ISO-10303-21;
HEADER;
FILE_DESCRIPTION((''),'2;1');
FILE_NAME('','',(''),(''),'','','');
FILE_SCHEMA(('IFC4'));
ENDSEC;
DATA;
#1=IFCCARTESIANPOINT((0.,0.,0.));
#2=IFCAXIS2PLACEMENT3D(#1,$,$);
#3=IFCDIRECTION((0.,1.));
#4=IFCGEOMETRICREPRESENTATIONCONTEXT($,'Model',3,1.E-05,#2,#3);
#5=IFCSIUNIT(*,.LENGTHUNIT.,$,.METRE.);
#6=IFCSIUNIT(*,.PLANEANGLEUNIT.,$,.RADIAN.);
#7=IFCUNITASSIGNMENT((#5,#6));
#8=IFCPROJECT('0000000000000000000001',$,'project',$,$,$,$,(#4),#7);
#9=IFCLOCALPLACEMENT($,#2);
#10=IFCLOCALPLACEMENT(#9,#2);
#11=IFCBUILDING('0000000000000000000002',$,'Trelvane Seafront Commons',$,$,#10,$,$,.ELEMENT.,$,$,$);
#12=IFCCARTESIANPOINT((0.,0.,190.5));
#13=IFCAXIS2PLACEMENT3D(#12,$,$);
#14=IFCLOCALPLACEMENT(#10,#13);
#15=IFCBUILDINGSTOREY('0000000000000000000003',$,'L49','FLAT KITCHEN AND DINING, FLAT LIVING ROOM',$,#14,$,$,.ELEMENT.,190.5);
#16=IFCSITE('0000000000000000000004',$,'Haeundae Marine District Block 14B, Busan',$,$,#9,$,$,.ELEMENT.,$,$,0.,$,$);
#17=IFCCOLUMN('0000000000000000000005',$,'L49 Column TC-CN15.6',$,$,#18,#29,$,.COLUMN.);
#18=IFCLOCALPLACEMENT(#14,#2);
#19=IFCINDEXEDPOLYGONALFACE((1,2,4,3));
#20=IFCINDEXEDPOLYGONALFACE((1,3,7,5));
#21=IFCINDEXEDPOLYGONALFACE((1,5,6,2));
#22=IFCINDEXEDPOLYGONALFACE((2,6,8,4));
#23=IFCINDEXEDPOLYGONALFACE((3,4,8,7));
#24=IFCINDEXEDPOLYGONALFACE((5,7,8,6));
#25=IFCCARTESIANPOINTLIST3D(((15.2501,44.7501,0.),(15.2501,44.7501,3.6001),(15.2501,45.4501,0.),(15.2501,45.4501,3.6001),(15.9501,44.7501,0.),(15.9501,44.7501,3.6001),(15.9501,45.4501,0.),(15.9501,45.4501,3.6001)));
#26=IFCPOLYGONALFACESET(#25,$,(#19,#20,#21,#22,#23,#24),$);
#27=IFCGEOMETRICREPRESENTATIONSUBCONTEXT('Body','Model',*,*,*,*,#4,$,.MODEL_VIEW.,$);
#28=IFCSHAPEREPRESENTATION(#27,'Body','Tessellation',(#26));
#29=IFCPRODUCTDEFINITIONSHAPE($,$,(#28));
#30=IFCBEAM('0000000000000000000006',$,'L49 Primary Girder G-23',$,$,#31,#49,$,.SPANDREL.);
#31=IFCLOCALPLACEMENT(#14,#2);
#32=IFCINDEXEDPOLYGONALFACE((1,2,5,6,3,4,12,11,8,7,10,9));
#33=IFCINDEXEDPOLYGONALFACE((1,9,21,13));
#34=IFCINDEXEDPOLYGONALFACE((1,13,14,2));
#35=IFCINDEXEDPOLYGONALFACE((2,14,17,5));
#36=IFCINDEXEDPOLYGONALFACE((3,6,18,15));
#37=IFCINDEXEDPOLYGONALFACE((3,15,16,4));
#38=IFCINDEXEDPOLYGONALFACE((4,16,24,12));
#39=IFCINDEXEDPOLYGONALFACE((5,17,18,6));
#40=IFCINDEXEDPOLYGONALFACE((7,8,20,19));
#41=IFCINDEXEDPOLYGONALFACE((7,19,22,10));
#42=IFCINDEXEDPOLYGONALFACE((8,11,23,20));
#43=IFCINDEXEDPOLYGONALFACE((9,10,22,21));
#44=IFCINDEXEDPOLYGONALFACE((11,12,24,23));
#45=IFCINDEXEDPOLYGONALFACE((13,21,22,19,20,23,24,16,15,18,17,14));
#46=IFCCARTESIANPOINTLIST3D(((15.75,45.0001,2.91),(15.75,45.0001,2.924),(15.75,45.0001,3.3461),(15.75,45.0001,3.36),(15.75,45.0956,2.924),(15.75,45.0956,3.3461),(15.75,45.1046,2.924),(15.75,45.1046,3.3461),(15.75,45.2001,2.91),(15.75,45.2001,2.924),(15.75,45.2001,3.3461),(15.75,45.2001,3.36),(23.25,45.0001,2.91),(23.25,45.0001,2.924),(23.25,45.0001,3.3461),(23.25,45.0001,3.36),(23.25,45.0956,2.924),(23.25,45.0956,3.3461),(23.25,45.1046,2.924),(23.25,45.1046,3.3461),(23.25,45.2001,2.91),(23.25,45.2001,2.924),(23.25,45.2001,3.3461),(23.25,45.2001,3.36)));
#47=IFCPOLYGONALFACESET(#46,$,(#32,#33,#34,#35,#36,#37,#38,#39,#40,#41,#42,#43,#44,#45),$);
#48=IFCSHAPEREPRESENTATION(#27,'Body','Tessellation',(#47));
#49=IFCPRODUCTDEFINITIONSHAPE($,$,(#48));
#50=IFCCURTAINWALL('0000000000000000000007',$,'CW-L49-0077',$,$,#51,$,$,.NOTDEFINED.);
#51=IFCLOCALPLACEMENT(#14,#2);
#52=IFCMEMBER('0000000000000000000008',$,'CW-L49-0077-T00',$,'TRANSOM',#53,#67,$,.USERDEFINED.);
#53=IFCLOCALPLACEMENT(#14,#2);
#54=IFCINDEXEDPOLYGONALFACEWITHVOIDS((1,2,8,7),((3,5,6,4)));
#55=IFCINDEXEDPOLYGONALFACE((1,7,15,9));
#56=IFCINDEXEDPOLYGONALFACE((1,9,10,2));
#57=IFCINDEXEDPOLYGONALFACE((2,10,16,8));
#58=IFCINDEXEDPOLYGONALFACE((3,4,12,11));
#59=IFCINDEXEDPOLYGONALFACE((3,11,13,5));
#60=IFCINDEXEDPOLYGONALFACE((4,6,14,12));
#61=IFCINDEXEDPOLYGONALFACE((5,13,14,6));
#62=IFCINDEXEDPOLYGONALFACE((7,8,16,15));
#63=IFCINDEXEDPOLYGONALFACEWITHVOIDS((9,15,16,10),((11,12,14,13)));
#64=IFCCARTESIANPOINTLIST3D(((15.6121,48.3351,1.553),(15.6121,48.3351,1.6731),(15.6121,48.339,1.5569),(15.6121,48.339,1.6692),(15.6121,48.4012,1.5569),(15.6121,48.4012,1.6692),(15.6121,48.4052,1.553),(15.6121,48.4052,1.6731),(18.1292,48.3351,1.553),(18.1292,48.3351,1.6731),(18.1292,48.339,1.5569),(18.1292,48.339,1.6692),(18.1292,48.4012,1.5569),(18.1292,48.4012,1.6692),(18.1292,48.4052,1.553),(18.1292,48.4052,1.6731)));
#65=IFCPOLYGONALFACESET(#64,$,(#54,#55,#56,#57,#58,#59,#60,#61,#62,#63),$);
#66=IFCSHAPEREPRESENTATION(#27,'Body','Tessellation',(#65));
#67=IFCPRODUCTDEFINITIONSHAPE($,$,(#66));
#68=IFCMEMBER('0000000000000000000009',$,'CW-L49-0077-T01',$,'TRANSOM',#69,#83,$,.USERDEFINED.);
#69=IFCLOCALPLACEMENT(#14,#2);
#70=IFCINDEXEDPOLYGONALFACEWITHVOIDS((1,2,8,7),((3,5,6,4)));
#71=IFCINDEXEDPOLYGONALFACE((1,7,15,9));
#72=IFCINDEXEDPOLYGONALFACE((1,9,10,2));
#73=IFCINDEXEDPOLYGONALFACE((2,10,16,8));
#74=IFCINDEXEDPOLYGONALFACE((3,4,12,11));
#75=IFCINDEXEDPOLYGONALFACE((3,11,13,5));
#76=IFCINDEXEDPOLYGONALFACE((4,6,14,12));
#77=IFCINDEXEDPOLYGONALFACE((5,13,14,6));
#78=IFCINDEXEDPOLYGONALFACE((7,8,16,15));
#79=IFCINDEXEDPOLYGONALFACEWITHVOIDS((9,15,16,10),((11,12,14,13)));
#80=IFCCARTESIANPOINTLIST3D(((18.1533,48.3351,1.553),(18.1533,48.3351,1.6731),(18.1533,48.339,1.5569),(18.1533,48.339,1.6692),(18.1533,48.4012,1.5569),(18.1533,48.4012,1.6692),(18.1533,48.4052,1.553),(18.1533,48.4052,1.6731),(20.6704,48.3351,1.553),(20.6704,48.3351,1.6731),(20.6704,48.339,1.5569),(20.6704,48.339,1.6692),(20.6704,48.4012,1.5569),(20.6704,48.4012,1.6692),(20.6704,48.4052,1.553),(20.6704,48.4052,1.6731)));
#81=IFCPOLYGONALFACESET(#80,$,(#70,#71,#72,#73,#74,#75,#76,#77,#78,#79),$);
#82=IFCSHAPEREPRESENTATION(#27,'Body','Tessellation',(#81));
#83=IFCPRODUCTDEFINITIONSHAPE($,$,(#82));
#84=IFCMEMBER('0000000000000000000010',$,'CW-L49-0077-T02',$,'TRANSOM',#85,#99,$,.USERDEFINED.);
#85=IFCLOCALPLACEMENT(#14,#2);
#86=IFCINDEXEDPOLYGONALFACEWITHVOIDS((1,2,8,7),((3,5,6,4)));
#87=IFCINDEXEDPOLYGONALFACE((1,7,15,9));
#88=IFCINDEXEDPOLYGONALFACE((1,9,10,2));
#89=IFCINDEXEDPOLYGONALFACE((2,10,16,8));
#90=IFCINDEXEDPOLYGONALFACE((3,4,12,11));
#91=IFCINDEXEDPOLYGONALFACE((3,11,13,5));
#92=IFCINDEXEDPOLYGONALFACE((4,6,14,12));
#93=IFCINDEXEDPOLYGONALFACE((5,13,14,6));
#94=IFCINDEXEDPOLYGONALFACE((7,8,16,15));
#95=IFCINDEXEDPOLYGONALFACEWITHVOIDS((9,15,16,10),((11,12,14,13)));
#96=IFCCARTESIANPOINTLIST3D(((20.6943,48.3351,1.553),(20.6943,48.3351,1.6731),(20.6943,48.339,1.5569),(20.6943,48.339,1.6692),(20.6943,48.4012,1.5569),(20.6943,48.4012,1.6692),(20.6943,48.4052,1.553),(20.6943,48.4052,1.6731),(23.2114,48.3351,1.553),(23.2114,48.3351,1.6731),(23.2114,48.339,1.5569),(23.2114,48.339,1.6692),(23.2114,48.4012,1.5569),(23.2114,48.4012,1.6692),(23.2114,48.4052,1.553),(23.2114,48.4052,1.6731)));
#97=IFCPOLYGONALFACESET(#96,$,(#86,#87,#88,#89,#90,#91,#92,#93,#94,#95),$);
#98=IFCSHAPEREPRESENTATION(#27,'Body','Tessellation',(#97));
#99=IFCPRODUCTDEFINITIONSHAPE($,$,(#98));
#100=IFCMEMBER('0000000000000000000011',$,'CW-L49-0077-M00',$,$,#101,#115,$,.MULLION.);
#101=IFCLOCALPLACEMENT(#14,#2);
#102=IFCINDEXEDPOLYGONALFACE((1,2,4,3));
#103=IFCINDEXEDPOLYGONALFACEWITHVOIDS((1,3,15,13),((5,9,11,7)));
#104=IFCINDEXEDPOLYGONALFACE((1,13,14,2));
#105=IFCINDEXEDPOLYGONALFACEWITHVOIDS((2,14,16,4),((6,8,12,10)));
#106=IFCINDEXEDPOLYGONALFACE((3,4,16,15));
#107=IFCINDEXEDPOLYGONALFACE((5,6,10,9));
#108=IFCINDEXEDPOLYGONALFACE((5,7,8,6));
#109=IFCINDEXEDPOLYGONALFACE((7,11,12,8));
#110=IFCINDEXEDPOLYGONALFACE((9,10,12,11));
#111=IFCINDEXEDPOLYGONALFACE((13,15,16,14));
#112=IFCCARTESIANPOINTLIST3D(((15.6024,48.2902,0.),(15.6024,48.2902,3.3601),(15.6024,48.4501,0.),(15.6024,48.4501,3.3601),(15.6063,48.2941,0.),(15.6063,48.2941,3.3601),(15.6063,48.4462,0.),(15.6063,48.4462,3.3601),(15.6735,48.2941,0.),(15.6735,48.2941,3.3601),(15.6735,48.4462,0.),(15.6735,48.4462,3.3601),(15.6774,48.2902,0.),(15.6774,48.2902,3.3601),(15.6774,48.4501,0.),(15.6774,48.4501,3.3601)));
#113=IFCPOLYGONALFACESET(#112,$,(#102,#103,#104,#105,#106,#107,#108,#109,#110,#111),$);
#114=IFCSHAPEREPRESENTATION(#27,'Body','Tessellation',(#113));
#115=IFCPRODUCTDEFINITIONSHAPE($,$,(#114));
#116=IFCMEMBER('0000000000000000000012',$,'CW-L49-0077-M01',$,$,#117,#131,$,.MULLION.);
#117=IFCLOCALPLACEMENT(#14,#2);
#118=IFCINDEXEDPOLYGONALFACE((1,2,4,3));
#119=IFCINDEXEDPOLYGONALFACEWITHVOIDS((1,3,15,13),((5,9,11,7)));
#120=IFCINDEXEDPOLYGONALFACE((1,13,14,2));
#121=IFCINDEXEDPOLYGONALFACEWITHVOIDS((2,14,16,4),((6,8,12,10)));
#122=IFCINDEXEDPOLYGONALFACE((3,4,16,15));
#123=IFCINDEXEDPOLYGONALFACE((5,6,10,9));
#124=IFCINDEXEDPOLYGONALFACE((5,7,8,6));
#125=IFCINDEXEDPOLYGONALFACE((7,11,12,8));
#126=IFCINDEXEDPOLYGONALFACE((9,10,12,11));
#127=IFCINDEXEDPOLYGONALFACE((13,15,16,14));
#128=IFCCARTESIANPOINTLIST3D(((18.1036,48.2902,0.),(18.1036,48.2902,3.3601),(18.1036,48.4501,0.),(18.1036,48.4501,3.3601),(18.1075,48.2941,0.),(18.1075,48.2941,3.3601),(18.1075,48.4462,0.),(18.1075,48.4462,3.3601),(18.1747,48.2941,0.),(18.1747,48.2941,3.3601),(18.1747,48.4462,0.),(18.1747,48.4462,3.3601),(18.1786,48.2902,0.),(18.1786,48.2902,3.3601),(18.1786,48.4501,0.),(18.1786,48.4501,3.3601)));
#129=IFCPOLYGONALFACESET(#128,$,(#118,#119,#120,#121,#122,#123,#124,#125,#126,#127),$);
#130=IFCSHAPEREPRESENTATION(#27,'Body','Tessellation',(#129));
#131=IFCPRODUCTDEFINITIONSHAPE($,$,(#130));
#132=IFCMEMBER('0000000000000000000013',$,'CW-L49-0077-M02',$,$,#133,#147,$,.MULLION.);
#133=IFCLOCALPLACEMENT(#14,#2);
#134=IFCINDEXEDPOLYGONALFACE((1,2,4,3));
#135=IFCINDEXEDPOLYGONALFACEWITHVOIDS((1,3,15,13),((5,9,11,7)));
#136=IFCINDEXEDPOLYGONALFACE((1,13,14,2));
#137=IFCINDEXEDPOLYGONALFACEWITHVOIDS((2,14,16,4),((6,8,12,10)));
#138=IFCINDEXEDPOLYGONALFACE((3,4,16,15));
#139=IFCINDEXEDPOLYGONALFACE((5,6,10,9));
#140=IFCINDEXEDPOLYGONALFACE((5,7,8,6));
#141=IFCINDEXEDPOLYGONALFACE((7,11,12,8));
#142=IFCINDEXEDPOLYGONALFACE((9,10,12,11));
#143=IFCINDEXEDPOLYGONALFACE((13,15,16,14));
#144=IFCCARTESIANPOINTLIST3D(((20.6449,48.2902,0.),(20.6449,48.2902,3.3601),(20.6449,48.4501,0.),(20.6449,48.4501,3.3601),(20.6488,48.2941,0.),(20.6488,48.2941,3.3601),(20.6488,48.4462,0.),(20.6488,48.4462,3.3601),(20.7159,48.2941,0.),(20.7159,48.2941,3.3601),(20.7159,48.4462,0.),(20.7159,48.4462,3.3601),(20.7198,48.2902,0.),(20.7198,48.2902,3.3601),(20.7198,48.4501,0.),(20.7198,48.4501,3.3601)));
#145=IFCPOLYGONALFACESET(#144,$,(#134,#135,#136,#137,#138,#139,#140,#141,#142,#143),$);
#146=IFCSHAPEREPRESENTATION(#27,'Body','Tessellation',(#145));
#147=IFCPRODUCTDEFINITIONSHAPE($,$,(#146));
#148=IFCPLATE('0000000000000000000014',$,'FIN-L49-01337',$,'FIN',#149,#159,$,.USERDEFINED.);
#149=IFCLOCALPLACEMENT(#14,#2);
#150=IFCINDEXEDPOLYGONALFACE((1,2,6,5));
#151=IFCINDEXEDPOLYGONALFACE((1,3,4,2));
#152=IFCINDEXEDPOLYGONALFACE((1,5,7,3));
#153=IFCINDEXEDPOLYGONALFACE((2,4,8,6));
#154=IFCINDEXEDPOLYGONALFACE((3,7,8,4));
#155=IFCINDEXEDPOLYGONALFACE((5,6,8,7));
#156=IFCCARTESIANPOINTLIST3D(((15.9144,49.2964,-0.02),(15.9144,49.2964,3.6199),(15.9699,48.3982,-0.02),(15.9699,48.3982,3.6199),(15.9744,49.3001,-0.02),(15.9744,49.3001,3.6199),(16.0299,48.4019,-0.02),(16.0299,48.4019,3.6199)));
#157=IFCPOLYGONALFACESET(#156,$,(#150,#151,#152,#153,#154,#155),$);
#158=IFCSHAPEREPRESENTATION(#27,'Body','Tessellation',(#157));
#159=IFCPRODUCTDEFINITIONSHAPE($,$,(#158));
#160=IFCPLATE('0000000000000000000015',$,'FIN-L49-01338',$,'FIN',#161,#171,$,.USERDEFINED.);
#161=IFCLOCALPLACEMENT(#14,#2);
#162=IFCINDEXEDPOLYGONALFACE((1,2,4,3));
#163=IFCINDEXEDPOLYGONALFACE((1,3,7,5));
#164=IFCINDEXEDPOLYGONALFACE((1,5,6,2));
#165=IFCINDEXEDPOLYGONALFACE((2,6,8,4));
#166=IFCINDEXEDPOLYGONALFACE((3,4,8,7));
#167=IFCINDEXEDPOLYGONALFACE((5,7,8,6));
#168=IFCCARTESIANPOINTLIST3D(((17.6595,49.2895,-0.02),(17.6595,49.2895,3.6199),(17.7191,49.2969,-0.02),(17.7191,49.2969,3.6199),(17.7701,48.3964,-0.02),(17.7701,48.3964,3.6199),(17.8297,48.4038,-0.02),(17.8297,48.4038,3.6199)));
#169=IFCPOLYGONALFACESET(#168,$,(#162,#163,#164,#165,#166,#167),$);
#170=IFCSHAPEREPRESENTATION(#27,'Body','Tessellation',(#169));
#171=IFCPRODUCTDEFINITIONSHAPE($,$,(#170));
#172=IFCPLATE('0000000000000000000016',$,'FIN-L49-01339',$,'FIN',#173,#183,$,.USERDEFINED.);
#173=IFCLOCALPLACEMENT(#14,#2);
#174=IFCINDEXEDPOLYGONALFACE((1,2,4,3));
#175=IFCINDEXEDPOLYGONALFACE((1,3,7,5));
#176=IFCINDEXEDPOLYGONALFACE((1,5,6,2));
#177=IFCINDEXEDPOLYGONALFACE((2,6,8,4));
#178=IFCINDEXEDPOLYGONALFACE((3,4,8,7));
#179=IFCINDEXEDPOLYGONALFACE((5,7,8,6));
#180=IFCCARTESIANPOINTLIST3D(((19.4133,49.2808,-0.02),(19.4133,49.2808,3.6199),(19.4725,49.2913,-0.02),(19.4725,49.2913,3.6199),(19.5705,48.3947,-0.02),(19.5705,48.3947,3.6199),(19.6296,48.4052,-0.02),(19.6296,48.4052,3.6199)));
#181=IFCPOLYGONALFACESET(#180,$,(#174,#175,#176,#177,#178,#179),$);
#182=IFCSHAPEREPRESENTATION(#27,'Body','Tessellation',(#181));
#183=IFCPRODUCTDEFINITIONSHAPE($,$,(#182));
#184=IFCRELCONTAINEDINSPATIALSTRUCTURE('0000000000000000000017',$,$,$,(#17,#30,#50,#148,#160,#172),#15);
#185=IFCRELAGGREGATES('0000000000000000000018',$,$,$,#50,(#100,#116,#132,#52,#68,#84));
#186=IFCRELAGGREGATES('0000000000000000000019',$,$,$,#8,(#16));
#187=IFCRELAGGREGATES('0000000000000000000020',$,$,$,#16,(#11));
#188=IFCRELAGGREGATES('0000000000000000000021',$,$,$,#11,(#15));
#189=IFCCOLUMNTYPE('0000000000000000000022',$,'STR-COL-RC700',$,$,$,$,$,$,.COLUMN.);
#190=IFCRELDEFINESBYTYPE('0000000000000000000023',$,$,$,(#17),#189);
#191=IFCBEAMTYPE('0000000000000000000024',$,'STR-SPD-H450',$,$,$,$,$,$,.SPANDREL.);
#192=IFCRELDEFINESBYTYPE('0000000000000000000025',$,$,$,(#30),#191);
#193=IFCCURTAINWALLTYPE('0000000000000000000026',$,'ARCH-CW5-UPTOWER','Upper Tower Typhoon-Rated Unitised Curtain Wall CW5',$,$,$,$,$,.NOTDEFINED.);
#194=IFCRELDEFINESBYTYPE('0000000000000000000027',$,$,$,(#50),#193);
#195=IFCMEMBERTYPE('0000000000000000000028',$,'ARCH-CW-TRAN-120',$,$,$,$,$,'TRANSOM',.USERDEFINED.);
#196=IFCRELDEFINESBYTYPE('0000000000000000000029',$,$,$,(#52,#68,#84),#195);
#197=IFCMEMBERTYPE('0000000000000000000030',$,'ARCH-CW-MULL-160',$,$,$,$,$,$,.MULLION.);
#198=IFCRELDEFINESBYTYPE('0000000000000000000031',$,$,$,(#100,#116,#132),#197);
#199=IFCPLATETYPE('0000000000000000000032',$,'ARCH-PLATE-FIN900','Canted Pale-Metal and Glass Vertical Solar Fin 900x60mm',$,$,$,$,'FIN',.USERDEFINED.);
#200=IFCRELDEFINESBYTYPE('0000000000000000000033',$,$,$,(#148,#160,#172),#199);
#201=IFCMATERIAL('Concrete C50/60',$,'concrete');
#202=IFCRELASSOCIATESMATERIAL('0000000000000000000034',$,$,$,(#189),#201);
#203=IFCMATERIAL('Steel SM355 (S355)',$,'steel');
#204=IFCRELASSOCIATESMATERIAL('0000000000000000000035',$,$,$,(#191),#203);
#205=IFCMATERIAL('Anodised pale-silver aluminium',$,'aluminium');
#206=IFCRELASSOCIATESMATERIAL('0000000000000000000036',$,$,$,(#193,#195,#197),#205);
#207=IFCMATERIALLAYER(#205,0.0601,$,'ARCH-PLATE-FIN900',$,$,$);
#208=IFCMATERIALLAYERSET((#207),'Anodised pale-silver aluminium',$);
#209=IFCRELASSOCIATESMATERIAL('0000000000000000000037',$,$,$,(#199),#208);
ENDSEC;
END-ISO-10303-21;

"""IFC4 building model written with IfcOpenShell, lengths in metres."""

from ifc_helpers import new_model, si_unit, direction, frame, origin, origin_2d, place, context, subcontext, project, spatial, rectangle, hollow_rectangle, i_section, extrude, source, transform, mapped, material, layer, layer_set, material_profile, profile_set, type_object, element, aggregate, save


model = new_model("IFC4")

# Units and contexts
model_context = context("Model", 3, precision=1e-05, world=origin(), true_north=direction((0.0, 1.0)))
body_context = subcontext(model_context, "Body", "Model", "MODEL_VIEW")
ifc_project = project(units=[si_unit("LENGTHUNIT", "METRE"), si_unit("PLANEANGLEUNIT", "RADIAN")], contexts=[model_context])

# Site, building, storey
site_placement = place(None, origin())
site = spatial("IfcSite", under=ifc_project, at=site_placement, Name="Haeundae Marine District Block 14B, Busan", CompositionType="ELEMENT", RefElevation=0.0)
building_placement = place(site_placement, origin())
building = spatial("IfcBuilding", under=site, at=building_placement, Name="Trelvane Seafront Commons", CompositionType="ELEMENT")
storey_placement = place(building_placement, frame((0.0, 0.0, 190.5)))
storey = spatial("IfcBuildingStorey", under=building, at=storey_placement, Name="L49", Description="FLAT KITCHEN AND DINING, FLAT LIVING ROOM", CompositionType="ELEMENT", Elevation=190.5)

# Column
ifc_material_1 = material(Name="Concrete C50/60", Category="concrete")
ifc_material_profile_1 = material_profile(ifc_material_1, rectangle(XDim=0.7, YDim=0.7, at=origin_2d()), Name="RC-700x700")
ifc_profile_set_1 = profile_set([ifc_material_profile_1], Name="Concrete C50/60")
column_type = type_object("IfcColumnType", Name="STR-COL-RC700", PredefinedType="COLUMN", material=ifc_profile_set_1)
shared_shape_1 = source(origin(), body_context, "Body", "SweptSolid", [
    extrude(rectangle(XDim=0.7, YDim=0.7, at=origin_2d()), origin(), (0.0, 0.0, 1.0), 3.6001),
])
column_placement = place(storey_placement, frame((15.6001, 45.1001, 0.0), z_axis=(0.0, 0.0, 1.0), x_axis=(1.0, 0.0, 0.0)))
element("IfcColumn", 1, at=column_placement, inside=storey, type_object=column_type, Name="L49 Column TC-CN15.6", PredefinedType="COLUMN", context=body_context, shape_type="MappedRepresentation", body=[
    mapped(shared_shape_1, transform((0.0, 0.0, 0.0), x_axis=(1.0, 0.0, 0.0), y_axis=(0.0, 1.0, 0.0), z_axis=(0.0, 0.0, 1.0), scale=1.0)),
])

# Beam
ifc_material_2 = material(Name="Steel SM355 (S355)", Category="steel")
ifc_material_profile_2 = material_profile(ifc_material_2, i_section(OverallWidth=0.2, OverallDepth=0.45, WebThickness=0.009, FlangeThickness=0.0139, at=origin_2d()), Name="H-450x200x9x14")
ifc_profile_set_2 = profile_set([ifc_material_profile_2], Name="Steel SM355 (S355)")
beam_type = type_object("IfcBeamType", Name="STR-SPD-H450", PredefinedType="SPANDREL", material=ifc_profile_set_2)
shared_shape_2 = source(origin(), body_context, "Body", "SweptSolid", [
    extrude(i_section(OverallWidth=0.2, OverallDepth=0.45, WebThickness=0.009, FlangeThickness=0.0139, at=origin_2d()), origin(), (0.0, 0.0, 1.0), 7.5),
])
beam_placement = place(storey_placement, frame((15.75, 45.1001, 3.135), z_axis=(1.0, 0.0, 0.0), x_axis=(0.0, 1.0, 0.0)))
element("IfcBeam", 2, at=beam_placement, inside=storey, type_object=beam_type, Name="L49 Primary Girder G-23", PredefinedType="SPANDREL", context=body_context, shape_type="MappedRepresentation", body=[
    mapped(shared_shape_2, transform((0.0, 0.0, 0.0), x_axis=(1.0, 0.0, 0.0), y_axis=(0.0, 1.0, 0.0), z_axis=(0.0, 0.0, 1.0), scale=1.0)),
])

# Curtain wall, members
ifc_material_3 = material(Name="Anodised pale-silver aluminium", Category="aluminium")
curtain_wall_type = type_object("IfcCurtainWallType", Name="ARCH-CW5-UPTOWER", Description="Upper Tower Typhoon-Rated Unitised Curtain Wall CW5", PredefinedType="NOTDEFINED", material=ifc_material_3)
curtain_wall_placement = place(storey_placement, origin())
curtain_wall = element("IfcCurtainWall", 3, at=curtain_wall_placement, inside=storey, type_object=curtain_wall_type, Name="CW-L49-0077", PredefinedType="NOTDEFINED")
ifc_material_profile_3 = material_profile(ifc_material_3, hollow_rectangle(XDim=0.0701, YDim=0.1201, WallThickness=0.0039, at=origin_2d()), Name="TRAN-70x120x4")
ifc_profile_set_3 = profile_set([ifc_material_profile_3], Name="Anodised pale-silver aluminium")
member_type_1 = type_object("IfcMemberType", Name="ARCH-CW-TRAN-120", ElementType="TRANSOM", PredefinedType="USERDEFINED", material=ifc_profile_set_3)
shared_shape_3 = source(origin(), body_context, "Body", "SweptSolid", [
    extrude(hollow_rectangle(XDim=0.0701, YDim=0.1201, WallThickness=0.0039, at=origin_2d()), origin(), (0.0, 0.0, 1.0), 2.5171),
])
member_1_placement = place(storey_placement, frame((15.6121, 48.3701, 1.613), z_axis=(1.0, 0.0, 0.0), x_axis=(0.0, 1.0, 0.0)))
member_1 = element("IfcMember", 4, at=member_1_placement, type_object=member_type_1, Name="CW-L49-0077-T00", ObjectType="TRANSOM", PredefinedType="USERDEFINED", context=body_context, shape_type="MappedRepresentation", body=[
    mapped(shared_shape_3, transform((0.0, 0.0, 0.0), x_axis=(1.0, 0.0, 0.0), y_axis=(0.0, 1.0, 0.0), z_axis=(0.0, 0.0, 1.0), scale=1.0)),
])
member_2_placement = place(storey_placement, frame((18.1533, 48.3701, 1.613), z_axis=(1.0, 0.0, 0.0), x_axis=(0.0, 1.0, 0.0)))
member_2 = element("IfcMember", 5, at=member_2_placement, type_object=member_type_1, Name="CW-L49-0077-T01", ObjectType="TRANSOM", PredefinedType="USERDEFINED", context=body_context, shape_type="MappedRepresentation", body=[
    mapped(shared_shape_3, transform((0.0, 0.0, 0.0), x_axis=(1.0, 0.0, 0.0), y_axis=(0.0, 1.0, 0.0), z_axis=(0.0, 0.0, 1.0), scale=1.0)),
])
member_3_placement = place(storey_placement, frame((20.6943, 48.3701, 1.613), z_axis=(1.0, 0.0, 0.0), x_axis=(0.0, 1.0, 0.0)))
member_3 = element("IfcMember", 6, at=member_3_placement, type_object=member_type_1, Name="CW-L49-0077-T02", ObjectType="TRANSOM", PredefinedType="USERDEFINED", context=body_context, shape_type="MappedRepresentation", body=[
    mapped(shared_shape_3, transform((0.0, 0.0, 0.0), x_axis=(1.0, 0.0, 0.0), y_axis=(0.0, 1.0, 0.0), z_axis=(0.0, 0.0, 1.0), scale=1.0)),
])
ifc_material_profile_4 = material_profile(ifc_material_3, hollow_rectangle(XDim=0.075, YDim=0.1599, WallThickness=0.0039, at=origin_2d()), Name="MULL-75x160x4")
ifc_profile_set_4 = profile_set([ifc_material_profile_4], Name="Anodised pale-silver aluminium")
member_type_2 = type_object("IfcMemberType", Name="ARCH-CW-MULL-160", PredefinedType="MULLION", material=ifc_profile_set_4)
shared_shape_4 = source(origin(), body_context, "Body", "SweptSolid", [
    extrude(hollow_rectangle(XDim=0.075, YDim=0.1599, WallThickness=0.0039, at=origin_2d()), origin(), (0.0, 0.0, 1.0), 3.3601),
])
member_4_placement = place(storey_placement, frame((15.6399, 48.3701, 0.0), z_axis=(0.0, 0.0, 1.0), x_axis=(1.0, 0.0, 0.0)))
member_4 = element("IfcMember", 7, at=member_4_placement, type_object=member_type_2, Name="CW-L49-0077-M00", PredefinedType="MULLION", context=body_context, shape_type="MappedRepresentation", body=[
    mapped(shared_shape_4, transform((0.0, 0.0, 0.0), x_axis=(1.0, 0.0, 0.0), y_axis=(0.0, 1.0, 0.0), z_axis=(0.0, 0.0, 1.0), scale=1.0)),
])
member_5_placement = place(storey_placement, frame((18.1411, 48.3701, 0.0), z_axis=(0.0, 0.0, 1.0), x_axis=(1.0, 0.0, 0.0)))
member_5 = element("IfcMember", 8, at=member_5_placement, type_object=member_type_2, Name="CW-L49-0077-M01", PredefinedType="MULLION", context=body_context, shape_type="MappedRepresentation", body=[
    mapped(shared_shape_4, transform((0.0, 0.0, 0.0), x_axis=(1.0, 0.0, 0.0), y_axis=(0.0, 1.0, 0.0), z_axis=(0.0, 0.0, 1.0), scale=1.0)),
])
member_6_placement = place(storey_placement, frame((20.6824, 48.3701, 0.0), z_axis=(0.0, 0.0, 1.0), x_axis=(1.0, 0.0, 0.0)))
member_6 = element("IfcMember", 9, at=member_6_placement, type_object=member_type_2, Name="CW-L49-0077-M02", PredefinedType="MULLION", context=body_context, shape_type="MappedRepresentation", body=[
    mapped(shared_shape_4, transform((0.0, 0.0, 0.0), x_axis=(1.0, 0.0, 0.0), y_axis=(0.0, 1.0, 0.0), z_axis=(0.0, 0.0, 1.0), scale=1.0)),
])

# Plates
ifc_layer_1 = layer(ifc_material_3, 0.0601, Name="ARCH-PLATE-FIN900")
ifc_layer_set_1 = layer_set([ifc_layer_1], Name="Anodised pale-silver aluminium")
plate_type_1 = type_object("IfcPlateType", Name="ARCH-PLATE-FIN900", Description="Canted Pale-Metal and Glass Vertical Solar Fin 900x60mm", ElementType="FIN", PredefinedType="USERDEFINED", material=ifc_layer_set_1)
shared_shape_5 = source(origin(), body_context, "Body", "SweptSolid", [
    extrude(rectangle(XDim=0.8999, YDim=0.0601, at=origin_2d()), origin(), (0.0, 0.0, 1.0), 3.6399),
])
for number, where, z_axis, x_axis, name in (
    (10, (15.9722, 48.8491, -0.02), (0.0, 0.0, 1.0), (-0.061665, 0.998097, 0.0), "FIN-L49-01337"),
    (11, (17.7446, 48.8467, -0.02), (0.0, 0.0, 1.0), (-0.122886, 0.992421, 0.0), "FIN-L49-01338"),
    (12, (19.5215, 48.843, -0.02), (0.0, 0.0, 1.0), (-0.17466, 0.984629, 0.0), "FIN-L49-01339"),
):
    element("IfcPlate", number, at=place(storey_placement, frame(where, z_axis=z_axis, x_axis=x_axis)), inside=storey, type_object=plate_type_1, Name=name, ObjectType="FIN", PredefinedType="USERDEFINED", context=body_context, shape_type="MappedRepresentation", body=[
        mapped(shared_shape_5, transform((0.0, 0.0, 0.0), x_axis=(1.0, 0.0, 0.0), y_axis=(0.0, 1.0, 0.0), z_axis=(0.0, 0.0, 1.0), scale=1.0)),
    ])

aggregate(curtain_wall, [member_4, member_5, member_6, member_1, member_2, member_3])

save(model, "model.ifc")
